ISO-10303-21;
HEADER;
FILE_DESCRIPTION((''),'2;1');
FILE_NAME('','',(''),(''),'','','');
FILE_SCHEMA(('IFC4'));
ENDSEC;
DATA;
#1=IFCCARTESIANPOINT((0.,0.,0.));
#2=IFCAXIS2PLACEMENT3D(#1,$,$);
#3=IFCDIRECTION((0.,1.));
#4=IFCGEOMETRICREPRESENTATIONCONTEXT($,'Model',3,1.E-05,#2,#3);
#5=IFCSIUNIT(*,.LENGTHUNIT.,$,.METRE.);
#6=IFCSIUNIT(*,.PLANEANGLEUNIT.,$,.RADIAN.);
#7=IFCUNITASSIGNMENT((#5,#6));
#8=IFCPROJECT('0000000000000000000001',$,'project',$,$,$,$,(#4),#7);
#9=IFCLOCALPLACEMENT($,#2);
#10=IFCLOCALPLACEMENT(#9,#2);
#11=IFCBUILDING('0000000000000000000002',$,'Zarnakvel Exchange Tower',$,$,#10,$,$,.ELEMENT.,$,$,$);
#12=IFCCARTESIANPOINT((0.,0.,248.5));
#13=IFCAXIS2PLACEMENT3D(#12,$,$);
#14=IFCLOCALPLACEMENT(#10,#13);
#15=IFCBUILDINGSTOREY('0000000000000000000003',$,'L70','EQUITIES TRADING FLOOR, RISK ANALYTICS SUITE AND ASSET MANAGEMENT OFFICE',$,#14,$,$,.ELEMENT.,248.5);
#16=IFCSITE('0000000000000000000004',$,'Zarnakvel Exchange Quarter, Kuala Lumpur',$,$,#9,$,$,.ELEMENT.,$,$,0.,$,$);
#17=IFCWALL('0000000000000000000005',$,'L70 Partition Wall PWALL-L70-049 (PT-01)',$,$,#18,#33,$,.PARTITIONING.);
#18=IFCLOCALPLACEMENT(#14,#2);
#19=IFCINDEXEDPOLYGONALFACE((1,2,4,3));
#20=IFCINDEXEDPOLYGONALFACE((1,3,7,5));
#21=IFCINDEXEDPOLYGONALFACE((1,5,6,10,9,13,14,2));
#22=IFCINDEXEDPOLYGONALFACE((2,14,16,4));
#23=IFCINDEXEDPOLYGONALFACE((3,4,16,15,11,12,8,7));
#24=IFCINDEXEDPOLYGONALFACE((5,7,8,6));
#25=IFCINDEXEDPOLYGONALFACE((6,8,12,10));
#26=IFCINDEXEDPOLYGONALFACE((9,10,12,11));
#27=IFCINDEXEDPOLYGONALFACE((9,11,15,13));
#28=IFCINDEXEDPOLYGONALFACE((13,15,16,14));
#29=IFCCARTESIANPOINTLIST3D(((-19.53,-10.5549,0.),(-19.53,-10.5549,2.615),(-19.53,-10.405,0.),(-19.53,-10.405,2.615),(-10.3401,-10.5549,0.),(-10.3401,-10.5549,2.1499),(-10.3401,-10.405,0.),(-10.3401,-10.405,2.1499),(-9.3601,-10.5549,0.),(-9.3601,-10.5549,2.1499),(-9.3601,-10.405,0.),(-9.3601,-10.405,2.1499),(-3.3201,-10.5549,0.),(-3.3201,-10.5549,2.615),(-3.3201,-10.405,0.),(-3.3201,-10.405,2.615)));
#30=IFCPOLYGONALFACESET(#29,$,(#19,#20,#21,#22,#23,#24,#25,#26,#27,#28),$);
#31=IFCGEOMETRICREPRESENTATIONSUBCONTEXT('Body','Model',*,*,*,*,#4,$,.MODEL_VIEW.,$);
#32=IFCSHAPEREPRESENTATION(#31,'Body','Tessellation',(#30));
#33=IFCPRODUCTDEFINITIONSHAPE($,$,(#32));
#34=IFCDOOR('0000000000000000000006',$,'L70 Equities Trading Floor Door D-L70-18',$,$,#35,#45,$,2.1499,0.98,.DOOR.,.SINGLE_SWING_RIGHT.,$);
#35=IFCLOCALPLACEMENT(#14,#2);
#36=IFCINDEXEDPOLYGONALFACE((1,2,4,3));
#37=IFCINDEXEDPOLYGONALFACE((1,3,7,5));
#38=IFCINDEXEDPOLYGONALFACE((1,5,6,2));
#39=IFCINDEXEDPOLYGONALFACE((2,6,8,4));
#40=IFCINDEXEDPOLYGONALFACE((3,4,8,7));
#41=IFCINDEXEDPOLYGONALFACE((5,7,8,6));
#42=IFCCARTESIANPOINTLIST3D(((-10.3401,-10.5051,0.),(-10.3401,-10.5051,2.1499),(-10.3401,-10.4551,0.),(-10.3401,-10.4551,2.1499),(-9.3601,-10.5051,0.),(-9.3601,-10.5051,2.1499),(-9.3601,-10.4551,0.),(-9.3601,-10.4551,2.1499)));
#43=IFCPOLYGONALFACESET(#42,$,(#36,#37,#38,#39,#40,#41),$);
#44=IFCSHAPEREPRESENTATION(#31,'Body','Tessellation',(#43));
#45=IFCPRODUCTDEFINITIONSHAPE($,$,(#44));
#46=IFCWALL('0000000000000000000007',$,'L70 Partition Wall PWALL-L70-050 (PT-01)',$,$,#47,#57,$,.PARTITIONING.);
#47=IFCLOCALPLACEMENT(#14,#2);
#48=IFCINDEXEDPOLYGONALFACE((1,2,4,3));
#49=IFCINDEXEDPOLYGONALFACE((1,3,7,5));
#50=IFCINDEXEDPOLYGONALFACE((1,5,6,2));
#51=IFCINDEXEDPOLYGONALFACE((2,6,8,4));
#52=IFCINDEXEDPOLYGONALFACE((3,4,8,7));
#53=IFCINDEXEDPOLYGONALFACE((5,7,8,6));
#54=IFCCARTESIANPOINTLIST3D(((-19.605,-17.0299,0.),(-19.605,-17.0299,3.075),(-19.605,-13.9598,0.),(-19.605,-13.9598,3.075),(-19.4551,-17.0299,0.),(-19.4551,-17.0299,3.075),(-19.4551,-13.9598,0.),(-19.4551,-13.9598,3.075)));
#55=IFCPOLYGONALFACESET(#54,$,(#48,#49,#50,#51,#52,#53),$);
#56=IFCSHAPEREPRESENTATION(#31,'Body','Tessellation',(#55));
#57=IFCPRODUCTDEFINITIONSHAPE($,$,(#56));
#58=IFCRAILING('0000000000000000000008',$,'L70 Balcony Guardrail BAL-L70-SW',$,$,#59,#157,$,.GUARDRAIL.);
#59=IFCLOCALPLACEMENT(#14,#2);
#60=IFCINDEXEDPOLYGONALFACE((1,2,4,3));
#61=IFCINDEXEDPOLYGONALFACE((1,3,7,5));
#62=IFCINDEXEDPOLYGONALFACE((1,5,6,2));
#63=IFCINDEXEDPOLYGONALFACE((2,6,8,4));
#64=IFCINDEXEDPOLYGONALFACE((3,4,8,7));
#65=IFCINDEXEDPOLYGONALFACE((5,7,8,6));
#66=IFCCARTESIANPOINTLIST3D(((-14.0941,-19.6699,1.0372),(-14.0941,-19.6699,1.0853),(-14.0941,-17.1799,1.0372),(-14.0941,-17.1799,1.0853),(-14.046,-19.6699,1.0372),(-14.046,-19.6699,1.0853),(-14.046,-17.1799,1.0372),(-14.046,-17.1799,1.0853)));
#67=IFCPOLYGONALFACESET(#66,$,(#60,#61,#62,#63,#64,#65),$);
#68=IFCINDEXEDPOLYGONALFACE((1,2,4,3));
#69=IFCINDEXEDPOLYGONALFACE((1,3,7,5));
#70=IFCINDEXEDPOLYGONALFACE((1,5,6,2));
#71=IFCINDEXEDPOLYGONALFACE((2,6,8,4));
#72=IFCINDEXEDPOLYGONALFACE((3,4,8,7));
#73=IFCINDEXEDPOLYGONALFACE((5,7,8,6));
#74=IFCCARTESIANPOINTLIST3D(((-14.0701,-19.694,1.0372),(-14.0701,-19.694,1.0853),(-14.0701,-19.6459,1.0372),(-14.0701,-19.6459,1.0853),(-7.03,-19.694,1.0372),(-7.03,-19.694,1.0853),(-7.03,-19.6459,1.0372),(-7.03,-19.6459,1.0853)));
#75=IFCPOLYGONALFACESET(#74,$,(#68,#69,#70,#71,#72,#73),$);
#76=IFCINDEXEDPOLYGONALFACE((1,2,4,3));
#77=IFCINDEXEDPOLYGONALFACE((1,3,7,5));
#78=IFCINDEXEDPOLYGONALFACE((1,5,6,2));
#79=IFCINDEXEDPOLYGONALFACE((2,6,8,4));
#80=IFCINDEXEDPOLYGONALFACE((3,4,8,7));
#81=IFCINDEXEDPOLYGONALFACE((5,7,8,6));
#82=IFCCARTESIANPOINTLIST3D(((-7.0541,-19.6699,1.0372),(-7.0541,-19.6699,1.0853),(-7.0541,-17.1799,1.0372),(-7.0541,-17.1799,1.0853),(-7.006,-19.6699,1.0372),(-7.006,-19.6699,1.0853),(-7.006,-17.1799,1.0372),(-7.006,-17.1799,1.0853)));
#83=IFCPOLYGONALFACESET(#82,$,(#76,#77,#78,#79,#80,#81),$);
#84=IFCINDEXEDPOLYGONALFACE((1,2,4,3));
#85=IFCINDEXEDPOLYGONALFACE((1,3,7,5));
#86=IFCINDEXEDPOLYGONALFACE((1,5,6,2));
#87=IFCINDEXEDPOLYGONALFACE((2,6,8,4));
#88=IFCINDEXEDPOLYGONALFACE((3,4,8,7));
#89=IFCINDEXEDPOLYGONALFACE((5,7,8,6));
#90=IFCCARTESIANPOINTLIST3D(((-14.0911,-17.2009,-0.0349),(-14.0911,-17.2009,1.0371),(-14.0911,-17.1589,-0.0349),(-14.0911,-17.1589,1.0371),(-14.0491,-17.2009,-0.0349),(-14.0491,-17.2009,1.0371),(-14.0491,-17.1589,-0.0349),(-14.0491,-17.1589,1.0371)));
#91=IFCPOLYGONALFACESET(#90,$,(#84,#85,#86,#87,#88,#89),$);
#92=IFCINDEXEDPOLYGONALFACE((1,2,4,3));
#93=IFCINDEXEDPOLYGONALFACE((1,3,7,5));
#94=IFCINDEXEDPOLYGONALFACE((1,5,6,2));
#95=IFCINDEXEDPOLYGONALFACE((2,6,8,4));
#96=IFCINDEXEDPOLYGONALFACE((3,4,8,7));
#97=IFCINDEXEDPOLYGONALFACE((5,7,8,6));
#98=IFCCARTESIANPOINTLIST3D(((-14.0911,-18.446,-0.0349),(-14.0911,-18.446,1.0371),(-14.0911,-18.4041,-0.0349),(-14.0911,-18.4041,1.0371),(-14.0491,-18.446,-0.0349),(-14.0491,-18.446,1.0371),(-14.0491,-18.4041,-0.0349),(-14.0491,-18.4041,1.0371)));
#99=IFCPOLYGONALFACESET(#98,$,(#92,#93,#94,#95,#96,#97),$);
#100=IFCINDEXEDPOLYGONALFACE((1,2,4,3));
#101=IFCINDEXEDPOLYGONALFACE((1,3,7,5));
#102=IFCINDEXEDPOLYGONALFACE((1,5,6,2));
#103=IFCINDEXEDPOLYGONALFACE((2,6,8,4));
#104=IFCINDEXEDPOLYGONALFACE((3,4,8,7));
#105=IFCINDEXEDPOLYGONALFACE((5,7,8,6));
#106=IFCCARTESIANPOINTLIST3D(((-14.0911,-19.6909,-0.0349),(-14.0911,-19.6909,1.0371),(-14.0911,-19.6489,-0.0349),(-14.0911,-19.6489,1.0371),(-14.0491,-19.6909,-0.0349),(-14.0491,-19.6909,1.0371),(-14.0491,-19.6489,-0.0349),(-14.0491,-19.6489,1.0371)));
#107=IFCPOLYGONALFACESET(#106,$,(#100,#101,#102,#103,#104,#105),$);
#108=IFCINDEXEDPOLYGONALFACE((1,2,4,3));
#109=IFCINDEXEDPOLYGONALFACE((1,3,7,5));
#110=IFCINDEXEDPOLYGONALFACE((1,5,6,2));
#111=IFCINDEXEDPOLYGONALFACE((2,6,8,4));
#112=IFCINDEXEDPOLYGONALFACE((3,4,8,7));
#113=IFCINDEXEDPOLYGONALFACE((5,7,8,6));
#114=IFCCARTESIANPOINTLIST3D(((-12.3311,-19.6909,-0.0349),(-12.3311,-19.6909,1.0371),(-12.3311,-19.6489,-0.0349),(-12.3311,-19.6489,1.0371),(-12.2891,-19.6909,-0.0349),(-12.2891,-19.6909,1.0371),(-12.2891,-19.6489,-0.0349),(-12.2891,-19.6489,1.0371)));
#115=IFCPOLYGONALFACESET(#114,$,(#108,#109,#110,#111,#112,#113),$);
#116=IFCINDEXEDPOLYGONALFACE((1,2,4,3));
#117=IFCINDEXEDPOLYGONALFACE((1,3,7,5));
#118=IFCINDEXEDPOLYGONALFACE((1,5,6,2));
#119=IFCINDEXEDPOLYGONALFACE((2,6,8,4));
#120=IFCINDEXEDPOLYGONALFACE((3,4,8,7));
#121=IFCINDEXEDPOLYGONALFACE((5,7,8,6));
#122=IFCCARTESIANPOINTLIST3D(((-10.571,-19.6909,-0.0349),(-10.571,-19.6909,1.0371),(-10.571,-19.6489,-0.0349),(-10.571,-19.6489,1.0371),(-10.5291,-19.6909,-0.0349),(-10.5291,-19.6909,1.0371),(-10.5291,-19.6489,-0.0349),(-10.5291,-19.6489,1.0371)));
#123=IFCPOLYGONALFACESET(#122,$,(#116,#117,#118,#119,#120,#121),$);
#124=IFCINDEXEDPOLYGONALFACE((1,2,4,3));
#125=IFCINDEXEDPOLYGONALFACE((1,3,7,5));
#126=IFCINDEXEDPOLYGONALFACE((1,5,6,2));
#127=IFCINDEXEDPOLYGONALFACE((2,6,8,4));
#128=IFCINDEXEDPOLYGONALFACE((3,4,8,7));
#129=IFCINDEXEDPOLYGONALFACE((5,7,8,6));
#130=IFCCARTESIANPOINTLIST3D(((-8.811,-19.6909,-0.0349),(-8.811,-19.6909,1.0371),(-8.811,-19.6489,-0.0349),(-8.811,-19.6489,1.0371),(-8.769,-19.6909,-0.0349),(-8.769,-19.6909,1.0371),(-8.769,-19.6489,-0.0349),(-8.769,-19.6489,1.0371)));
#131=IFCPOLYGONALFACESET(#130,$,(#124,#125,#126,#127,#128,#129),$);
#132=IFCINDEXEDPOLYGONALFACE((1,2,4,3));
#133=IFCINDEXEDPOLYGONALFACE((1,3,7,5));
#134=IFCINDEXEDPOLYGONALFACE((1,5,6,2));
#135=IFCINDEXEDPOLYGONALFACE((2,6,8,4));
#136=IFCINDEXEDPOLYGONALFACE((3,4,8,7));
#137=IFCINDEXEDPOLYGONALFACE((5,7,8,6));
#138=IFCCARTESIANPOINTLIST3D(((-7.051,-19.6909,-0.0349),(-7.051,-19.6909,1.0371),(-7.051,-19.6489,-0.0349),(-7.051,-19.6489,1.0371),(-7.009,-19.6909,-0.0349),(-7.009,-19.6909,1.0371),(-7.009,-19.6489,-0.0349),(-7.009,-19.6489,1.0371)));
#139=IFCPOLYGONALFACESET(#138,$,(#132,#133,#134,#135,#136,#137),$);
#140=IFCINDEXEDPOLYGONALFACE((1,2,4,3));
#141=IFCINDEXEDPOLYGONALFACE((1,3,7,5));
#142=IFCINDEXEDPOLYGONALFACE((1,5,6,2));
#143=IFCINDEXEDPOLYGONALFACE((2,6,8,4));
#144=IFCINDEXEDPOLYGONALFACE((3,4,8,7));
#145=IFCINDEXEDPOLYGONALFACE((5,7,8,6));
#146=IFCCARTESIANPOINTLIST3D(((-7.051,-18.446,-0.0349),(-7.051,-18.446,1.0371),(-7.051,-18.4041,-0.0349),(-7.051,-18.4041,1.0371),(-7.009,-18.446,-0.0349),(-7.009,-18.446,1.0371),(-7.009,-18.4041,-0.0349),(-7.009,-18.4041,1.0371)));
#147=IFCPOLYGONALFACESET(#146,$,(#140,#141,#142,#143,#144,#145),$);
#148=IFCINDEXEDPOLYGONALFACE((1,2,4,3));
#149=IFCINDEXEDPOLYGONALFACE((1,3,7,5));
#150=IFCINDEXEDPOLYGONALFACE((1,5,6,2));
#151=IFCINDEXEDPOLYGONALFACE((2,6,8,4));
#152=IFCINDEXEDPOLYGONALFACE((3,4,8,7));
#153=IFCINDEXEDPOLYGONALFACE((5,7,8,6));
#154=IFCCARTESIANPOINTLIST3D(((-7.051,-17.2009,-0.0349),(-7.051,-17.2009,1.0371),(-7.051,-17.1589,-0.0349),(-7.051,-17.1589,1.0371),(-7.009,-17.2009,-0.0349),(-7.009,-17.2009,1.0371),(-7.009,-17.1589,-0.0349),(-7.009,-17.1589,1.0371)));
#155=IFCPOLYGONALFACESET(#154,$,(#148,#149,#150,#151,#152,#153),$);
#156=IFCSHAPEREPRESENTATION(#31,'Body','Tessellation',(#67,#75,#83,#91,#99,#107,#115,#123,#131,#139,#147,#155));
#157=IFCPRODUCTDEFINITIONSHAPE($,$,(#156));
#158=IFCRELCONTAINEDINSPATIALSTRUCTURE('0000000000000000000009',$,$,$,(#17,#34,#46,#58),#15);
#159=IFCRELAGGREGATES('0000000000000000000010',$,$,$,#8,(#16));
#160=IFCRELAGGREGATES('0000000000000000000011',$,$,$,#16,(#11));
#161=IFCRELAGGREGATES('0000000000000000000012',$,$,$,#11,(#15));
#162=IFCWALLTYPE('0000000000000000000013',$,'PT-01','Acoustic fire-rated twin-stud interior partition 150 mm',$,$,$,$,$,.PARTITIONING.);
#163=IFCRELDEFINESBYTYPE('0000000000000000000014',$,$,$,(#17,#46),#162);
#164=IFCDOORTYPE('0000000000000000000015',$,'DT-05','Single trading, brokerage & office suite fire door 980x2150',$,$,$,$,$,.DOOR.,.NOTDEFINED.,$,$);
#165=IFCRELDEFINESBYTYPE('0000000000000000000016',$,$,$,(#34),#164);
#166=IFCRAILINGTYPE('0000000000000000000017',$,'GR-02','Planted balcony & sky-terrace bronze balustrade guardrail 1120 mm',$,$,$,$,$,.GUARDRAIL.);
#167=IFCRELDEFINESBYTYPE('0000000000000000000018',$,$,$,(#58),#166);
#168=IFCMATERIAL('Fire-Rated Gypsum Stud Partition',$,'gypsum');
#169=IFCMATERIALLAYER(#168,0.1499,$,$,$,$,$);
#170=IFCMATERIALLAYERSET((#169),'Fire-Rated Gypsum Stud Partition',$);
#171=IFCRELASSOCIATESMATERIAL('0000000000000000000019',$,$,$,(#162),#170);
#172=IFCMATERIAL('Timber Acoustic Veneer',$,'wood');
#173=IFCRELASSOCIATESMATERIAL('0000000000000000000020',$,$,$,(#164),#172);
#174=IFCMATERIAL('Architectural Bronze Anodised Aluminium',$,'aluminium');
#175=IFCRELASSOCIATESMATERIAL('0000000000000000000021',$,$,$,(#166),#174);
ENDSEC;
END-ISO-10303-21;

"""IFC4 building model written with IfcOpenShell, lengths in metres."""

from ifc_helpers import new_model, si_unit, direction, frame, frame_2d, origin, origin_2d, place, context, subcontext, project, spatial, rectangle, extrude, source, transform, mapped, material, layer, layer_set, type_object, element, fill, save


model = new_model("IFC4")

# Units and contexts
model_context = context("Model", 3, precision=1e-05, world=origin(), true_north=direction((0.0, 1.0)))
body_context = subcontext(model_context, "Body", "Model", "MODEL_VIEW")
ifc_project = project(units=[si_unit("LENGTHUNIT", "METRE"), si_unit("PLANEANGLEUNIT", "RADIAN")], contexts=[model_context])

# Site, building, storey
site_placement = place(None, origin())
site = spatial("IfcSite", under=ifc_project, at=site_placement, Name="Zarnakvel Exchange Quarter, Kuala Lumpur", CompositionType="ELEMENT", RefElevation=0.0)
building_placement = place(site_placement, origin())
building = spatial("IfcBuilding", under=site, at=building_placement, Name="Zarnakvel Exchange Tower", CompositionType="ELEMENT")
storey_placement = place(building_placement, frame((0.0, 0.0, 248.5)))
storey = spatial("IfcBuildingStorey", under=building, at=storey_placement, Name="L70", Description="EQUITIES TRADING FLOOR, RISK ANALYTICS SUITE AND ASSET MANAGEMENT OFFICE", CompositionType="ELEMENT", Elevation=248.5)

# Shared definitions
ifc_material_1 = material(Name="Fire-Rated Gypsum Stud Partition", Category="gypsum")
ifc_layer_1 = layer(ifc_material_1, 0.1499)
ifc_layer_set_1 = layer_set([ifc_layer_1], Name="Fire-Rated Gypsum Stud Partition")
wall_type_1 = type_object("IfcWallType", Name="PT-01", Description="Acoustic fire-rated twin-stud interior partition 150 mm", PredefinedType="PARTITIONING", material=ifc_layer_set_1)

# Wall, opening, door
wall_1_placement = place(storey_placement, frame((-19.53, -10.48, 0.0), z_axis=(0.0, 0.0, 1.0), x_axis=(1.0, 0.0, 0.0)))
wall_1 = element("IfcWall", 1, at=wall_1_placement, inside=storey, type_object=wall_type_1, Name="L70 Partition Wall PWALL-L70-049 (PT-01)", PredefinedType="PARTITIONING", context=body_context, shape_type="SweptSolid", body=[
    extrude(rectangle(XDim=16.21, YDim=0.1499, at=frame_2d((8.105, 0.0))), origin(), (0.0, 0.0, 1.0), 2.615),
])
opening_placement = place(wall_1_placement, frame((9.1899, 0.0, 0.0)))
opening = element("IfcOpeningElement", 2, at=opening_placement, cuts=wall_1, PredefinedType="OPENING", context=body_context, shape_type="SweptSolid", body=[
    extrude(rectangle(XDim=0.98, YDim=2.1499, at=frame_2d((0.49, 1.075))), frame((0.0, 0.085, 0.0), z_axis=(0.0, -1.0, 0.0), x_axis=(1.0, 0.0, 0.0)), (0.0, 0.0, 1.0), 0.1699),
])
ifc_material_2 = material(Name="Timber Acoustic Veneer", Category="wood")
door_type = type_object("IfcDoorType", Name="DT-05", Description="Single trading, brokerage & office suite fire door 980x2150", OperationType="NOTDEFINED", PredefinedType="DOOR", material=ifc_material_2)
shared_shape = source(origin(), body_context, "Body", "SweptSolid", [
    extrude(rectangle(XDim=0.98, YDim=2.1499, at=frame_2d((0.49, 1.075))), frame((0.0, 0.0249, 0.0), z_axis=(0.0, -1.0, 0.0), x_axis=(1.0, 0.0, 0.0)), (0.0, 0.0, 1.0), 0.05),
])
door_placement = place(opening_placement, origin())
door = element("IfcDoor", 3, at=door_placement, inside=storey, type_object=door_type, Name="L70 Equities Trading Floor Door D-L70-18", OperationType="SINGLE_SWING_RIGHT", OverallHeight=2.1499, OverallWidth=0.98, PredefinedType="DOOR", context=body_context, shape_type="MappedRepresentation", body=[
    mapped(shared_shape, transform((0.0, 0.0, 0.0), x_axis=(1.0, 0.0, 0.0), y_axis=(0.0, 1.0, 0.0), z_axis=(0.0, 0.0, 1.0), scale=1.0)),
])
fill(opening, door)

# Wall
wall_2_placement = place(storey_placement, frame((-19.53, -17.03, 0.0), z_axis=(0.0, 0.0, 1.0), x_axis=(0.0, 1.0, 0.0)))
element("IfcWall", 4, at=wall_2_placement, inside=storey, type_object=wall_type_1, Name="L70 Partition Wall PWALL-L70-050 (PT-01)", PredefinedType="PARTITIONING", context=body_context, shape_type="SweptSolid", body=[
    extrude(rectangle(XDim=3.0701, YDim=0.1499, at=frame_2d((1.5352, 0.0))), origin(), (0.0, 0.0, 1.0), 3.075),
])

# Railing
ifc_material_3 = material(Name="Architectural Bronze Anodised Aluminium", Category="aluminium")
railing_type = type_object("IfcRailingType", Name="GR-02", Description="Planted balcony & sky-terrace bronze balustrade guardrail 1120 mm", PredefinedType="GUARDRAIL", material=ifc_material_3)
railing_1_placement = place(storey_placement, frame((-14.0701, -17.1799, -0.0349)))
element("IfcRailing", 5, at=railing_1_placement, inside=storey, type_object=railing_type, Name="L70 Balcony Guardrail BAL-L70-SW", PredefinedType="GUARDRAIL", context=body_context, shape_type="SweptSolid", body=[
    extrude(rectangle(XDim=0.0481, YDim=0.0481, at=origin_2d()), frame((0.0, 0.0, 1.0962), z_axis=(0.0, -1.0, 0.0), x_axis=(1.0, 0.0, 0.0)), (0.0, 0.0, 1.0), 2.49),
    extrude(rectangle(XDim=0.0481, YDim=0.0481, at=origin_2d()), frame((0.0, -2.49, 1.0962), z_axis=(1.0, 0.0, 0.0), x_axis=(0.0, 1.0, 0.0)), (0.0, 0.0, 1.0), 7.04),
    extrude(rectangle(XDim=0.0481, YDim=0.0481, at=origin_2d()), frame((7.04, -2.49, 1.0962), z_axis=(0.0, 1.0, 0.0), x_axis=(-1.0, 0.0, 0.0)), (0.0, 0.0, 1.0), 2.49),
    extrude(rectangle(XDim=0.042, YDim=0.042, at=origin_2d()), origin(), (0.0, 0.0, 1.0), 1.072),
    extrude(rectangle(XDim=0.042, YDim=0.042, at=origin_2d()), frame((0.0, -1.2451, 0.0)), (0.0, 0.0, 1.0), 1.072),
    extrude(rectangle(XDim=0.042, YDim=0.042, at=origin_2d()), frame((0.0, -2.49, 0.0)), (0.0, 0.0, 1.0), 1.072),
    extrude(rectangle(XDim=0.042, YDim=0.042, at=origin_2d()), frame((1.76, -2.49, 0.0)), (0.0, 0.0, 1.0), 1.072),
    extrude(rectangle(XDim=0.042, YDim=0.042, at=origin_2d()), frame((3.52, -2.49, 0.0)), (0.0, 0.0, 1.0), 1.072),
    extrude(rectangle(XDim=0.042, YDim=0.042, at=origin_2d()), frame((5.28, -2.49, 0.0)), (0.0, 0.0, 1.0), 1.072),
    extrude(rectangle(XDim=0.042, YDim=0.042, at=origin_2d()), frame((7.04, -2.49, 0.0)), (0.0, 0.0, 1.0), 1.072),
    extrude(rectangle(XDim=0.042, YDim=0.042, at=origin_2d()), frame((7.04, -1.2451, 0.0)), (0.0, 0.0, 1.0), 1.072),
    extrude(rectangle(XDim=0.042, YDim=0.042, at=origin_2d()), frame((7.04, 0.0, 0.0)), (0.0, 0.0, 1.0), 1.072),
])

save(model, "model.ifc")
